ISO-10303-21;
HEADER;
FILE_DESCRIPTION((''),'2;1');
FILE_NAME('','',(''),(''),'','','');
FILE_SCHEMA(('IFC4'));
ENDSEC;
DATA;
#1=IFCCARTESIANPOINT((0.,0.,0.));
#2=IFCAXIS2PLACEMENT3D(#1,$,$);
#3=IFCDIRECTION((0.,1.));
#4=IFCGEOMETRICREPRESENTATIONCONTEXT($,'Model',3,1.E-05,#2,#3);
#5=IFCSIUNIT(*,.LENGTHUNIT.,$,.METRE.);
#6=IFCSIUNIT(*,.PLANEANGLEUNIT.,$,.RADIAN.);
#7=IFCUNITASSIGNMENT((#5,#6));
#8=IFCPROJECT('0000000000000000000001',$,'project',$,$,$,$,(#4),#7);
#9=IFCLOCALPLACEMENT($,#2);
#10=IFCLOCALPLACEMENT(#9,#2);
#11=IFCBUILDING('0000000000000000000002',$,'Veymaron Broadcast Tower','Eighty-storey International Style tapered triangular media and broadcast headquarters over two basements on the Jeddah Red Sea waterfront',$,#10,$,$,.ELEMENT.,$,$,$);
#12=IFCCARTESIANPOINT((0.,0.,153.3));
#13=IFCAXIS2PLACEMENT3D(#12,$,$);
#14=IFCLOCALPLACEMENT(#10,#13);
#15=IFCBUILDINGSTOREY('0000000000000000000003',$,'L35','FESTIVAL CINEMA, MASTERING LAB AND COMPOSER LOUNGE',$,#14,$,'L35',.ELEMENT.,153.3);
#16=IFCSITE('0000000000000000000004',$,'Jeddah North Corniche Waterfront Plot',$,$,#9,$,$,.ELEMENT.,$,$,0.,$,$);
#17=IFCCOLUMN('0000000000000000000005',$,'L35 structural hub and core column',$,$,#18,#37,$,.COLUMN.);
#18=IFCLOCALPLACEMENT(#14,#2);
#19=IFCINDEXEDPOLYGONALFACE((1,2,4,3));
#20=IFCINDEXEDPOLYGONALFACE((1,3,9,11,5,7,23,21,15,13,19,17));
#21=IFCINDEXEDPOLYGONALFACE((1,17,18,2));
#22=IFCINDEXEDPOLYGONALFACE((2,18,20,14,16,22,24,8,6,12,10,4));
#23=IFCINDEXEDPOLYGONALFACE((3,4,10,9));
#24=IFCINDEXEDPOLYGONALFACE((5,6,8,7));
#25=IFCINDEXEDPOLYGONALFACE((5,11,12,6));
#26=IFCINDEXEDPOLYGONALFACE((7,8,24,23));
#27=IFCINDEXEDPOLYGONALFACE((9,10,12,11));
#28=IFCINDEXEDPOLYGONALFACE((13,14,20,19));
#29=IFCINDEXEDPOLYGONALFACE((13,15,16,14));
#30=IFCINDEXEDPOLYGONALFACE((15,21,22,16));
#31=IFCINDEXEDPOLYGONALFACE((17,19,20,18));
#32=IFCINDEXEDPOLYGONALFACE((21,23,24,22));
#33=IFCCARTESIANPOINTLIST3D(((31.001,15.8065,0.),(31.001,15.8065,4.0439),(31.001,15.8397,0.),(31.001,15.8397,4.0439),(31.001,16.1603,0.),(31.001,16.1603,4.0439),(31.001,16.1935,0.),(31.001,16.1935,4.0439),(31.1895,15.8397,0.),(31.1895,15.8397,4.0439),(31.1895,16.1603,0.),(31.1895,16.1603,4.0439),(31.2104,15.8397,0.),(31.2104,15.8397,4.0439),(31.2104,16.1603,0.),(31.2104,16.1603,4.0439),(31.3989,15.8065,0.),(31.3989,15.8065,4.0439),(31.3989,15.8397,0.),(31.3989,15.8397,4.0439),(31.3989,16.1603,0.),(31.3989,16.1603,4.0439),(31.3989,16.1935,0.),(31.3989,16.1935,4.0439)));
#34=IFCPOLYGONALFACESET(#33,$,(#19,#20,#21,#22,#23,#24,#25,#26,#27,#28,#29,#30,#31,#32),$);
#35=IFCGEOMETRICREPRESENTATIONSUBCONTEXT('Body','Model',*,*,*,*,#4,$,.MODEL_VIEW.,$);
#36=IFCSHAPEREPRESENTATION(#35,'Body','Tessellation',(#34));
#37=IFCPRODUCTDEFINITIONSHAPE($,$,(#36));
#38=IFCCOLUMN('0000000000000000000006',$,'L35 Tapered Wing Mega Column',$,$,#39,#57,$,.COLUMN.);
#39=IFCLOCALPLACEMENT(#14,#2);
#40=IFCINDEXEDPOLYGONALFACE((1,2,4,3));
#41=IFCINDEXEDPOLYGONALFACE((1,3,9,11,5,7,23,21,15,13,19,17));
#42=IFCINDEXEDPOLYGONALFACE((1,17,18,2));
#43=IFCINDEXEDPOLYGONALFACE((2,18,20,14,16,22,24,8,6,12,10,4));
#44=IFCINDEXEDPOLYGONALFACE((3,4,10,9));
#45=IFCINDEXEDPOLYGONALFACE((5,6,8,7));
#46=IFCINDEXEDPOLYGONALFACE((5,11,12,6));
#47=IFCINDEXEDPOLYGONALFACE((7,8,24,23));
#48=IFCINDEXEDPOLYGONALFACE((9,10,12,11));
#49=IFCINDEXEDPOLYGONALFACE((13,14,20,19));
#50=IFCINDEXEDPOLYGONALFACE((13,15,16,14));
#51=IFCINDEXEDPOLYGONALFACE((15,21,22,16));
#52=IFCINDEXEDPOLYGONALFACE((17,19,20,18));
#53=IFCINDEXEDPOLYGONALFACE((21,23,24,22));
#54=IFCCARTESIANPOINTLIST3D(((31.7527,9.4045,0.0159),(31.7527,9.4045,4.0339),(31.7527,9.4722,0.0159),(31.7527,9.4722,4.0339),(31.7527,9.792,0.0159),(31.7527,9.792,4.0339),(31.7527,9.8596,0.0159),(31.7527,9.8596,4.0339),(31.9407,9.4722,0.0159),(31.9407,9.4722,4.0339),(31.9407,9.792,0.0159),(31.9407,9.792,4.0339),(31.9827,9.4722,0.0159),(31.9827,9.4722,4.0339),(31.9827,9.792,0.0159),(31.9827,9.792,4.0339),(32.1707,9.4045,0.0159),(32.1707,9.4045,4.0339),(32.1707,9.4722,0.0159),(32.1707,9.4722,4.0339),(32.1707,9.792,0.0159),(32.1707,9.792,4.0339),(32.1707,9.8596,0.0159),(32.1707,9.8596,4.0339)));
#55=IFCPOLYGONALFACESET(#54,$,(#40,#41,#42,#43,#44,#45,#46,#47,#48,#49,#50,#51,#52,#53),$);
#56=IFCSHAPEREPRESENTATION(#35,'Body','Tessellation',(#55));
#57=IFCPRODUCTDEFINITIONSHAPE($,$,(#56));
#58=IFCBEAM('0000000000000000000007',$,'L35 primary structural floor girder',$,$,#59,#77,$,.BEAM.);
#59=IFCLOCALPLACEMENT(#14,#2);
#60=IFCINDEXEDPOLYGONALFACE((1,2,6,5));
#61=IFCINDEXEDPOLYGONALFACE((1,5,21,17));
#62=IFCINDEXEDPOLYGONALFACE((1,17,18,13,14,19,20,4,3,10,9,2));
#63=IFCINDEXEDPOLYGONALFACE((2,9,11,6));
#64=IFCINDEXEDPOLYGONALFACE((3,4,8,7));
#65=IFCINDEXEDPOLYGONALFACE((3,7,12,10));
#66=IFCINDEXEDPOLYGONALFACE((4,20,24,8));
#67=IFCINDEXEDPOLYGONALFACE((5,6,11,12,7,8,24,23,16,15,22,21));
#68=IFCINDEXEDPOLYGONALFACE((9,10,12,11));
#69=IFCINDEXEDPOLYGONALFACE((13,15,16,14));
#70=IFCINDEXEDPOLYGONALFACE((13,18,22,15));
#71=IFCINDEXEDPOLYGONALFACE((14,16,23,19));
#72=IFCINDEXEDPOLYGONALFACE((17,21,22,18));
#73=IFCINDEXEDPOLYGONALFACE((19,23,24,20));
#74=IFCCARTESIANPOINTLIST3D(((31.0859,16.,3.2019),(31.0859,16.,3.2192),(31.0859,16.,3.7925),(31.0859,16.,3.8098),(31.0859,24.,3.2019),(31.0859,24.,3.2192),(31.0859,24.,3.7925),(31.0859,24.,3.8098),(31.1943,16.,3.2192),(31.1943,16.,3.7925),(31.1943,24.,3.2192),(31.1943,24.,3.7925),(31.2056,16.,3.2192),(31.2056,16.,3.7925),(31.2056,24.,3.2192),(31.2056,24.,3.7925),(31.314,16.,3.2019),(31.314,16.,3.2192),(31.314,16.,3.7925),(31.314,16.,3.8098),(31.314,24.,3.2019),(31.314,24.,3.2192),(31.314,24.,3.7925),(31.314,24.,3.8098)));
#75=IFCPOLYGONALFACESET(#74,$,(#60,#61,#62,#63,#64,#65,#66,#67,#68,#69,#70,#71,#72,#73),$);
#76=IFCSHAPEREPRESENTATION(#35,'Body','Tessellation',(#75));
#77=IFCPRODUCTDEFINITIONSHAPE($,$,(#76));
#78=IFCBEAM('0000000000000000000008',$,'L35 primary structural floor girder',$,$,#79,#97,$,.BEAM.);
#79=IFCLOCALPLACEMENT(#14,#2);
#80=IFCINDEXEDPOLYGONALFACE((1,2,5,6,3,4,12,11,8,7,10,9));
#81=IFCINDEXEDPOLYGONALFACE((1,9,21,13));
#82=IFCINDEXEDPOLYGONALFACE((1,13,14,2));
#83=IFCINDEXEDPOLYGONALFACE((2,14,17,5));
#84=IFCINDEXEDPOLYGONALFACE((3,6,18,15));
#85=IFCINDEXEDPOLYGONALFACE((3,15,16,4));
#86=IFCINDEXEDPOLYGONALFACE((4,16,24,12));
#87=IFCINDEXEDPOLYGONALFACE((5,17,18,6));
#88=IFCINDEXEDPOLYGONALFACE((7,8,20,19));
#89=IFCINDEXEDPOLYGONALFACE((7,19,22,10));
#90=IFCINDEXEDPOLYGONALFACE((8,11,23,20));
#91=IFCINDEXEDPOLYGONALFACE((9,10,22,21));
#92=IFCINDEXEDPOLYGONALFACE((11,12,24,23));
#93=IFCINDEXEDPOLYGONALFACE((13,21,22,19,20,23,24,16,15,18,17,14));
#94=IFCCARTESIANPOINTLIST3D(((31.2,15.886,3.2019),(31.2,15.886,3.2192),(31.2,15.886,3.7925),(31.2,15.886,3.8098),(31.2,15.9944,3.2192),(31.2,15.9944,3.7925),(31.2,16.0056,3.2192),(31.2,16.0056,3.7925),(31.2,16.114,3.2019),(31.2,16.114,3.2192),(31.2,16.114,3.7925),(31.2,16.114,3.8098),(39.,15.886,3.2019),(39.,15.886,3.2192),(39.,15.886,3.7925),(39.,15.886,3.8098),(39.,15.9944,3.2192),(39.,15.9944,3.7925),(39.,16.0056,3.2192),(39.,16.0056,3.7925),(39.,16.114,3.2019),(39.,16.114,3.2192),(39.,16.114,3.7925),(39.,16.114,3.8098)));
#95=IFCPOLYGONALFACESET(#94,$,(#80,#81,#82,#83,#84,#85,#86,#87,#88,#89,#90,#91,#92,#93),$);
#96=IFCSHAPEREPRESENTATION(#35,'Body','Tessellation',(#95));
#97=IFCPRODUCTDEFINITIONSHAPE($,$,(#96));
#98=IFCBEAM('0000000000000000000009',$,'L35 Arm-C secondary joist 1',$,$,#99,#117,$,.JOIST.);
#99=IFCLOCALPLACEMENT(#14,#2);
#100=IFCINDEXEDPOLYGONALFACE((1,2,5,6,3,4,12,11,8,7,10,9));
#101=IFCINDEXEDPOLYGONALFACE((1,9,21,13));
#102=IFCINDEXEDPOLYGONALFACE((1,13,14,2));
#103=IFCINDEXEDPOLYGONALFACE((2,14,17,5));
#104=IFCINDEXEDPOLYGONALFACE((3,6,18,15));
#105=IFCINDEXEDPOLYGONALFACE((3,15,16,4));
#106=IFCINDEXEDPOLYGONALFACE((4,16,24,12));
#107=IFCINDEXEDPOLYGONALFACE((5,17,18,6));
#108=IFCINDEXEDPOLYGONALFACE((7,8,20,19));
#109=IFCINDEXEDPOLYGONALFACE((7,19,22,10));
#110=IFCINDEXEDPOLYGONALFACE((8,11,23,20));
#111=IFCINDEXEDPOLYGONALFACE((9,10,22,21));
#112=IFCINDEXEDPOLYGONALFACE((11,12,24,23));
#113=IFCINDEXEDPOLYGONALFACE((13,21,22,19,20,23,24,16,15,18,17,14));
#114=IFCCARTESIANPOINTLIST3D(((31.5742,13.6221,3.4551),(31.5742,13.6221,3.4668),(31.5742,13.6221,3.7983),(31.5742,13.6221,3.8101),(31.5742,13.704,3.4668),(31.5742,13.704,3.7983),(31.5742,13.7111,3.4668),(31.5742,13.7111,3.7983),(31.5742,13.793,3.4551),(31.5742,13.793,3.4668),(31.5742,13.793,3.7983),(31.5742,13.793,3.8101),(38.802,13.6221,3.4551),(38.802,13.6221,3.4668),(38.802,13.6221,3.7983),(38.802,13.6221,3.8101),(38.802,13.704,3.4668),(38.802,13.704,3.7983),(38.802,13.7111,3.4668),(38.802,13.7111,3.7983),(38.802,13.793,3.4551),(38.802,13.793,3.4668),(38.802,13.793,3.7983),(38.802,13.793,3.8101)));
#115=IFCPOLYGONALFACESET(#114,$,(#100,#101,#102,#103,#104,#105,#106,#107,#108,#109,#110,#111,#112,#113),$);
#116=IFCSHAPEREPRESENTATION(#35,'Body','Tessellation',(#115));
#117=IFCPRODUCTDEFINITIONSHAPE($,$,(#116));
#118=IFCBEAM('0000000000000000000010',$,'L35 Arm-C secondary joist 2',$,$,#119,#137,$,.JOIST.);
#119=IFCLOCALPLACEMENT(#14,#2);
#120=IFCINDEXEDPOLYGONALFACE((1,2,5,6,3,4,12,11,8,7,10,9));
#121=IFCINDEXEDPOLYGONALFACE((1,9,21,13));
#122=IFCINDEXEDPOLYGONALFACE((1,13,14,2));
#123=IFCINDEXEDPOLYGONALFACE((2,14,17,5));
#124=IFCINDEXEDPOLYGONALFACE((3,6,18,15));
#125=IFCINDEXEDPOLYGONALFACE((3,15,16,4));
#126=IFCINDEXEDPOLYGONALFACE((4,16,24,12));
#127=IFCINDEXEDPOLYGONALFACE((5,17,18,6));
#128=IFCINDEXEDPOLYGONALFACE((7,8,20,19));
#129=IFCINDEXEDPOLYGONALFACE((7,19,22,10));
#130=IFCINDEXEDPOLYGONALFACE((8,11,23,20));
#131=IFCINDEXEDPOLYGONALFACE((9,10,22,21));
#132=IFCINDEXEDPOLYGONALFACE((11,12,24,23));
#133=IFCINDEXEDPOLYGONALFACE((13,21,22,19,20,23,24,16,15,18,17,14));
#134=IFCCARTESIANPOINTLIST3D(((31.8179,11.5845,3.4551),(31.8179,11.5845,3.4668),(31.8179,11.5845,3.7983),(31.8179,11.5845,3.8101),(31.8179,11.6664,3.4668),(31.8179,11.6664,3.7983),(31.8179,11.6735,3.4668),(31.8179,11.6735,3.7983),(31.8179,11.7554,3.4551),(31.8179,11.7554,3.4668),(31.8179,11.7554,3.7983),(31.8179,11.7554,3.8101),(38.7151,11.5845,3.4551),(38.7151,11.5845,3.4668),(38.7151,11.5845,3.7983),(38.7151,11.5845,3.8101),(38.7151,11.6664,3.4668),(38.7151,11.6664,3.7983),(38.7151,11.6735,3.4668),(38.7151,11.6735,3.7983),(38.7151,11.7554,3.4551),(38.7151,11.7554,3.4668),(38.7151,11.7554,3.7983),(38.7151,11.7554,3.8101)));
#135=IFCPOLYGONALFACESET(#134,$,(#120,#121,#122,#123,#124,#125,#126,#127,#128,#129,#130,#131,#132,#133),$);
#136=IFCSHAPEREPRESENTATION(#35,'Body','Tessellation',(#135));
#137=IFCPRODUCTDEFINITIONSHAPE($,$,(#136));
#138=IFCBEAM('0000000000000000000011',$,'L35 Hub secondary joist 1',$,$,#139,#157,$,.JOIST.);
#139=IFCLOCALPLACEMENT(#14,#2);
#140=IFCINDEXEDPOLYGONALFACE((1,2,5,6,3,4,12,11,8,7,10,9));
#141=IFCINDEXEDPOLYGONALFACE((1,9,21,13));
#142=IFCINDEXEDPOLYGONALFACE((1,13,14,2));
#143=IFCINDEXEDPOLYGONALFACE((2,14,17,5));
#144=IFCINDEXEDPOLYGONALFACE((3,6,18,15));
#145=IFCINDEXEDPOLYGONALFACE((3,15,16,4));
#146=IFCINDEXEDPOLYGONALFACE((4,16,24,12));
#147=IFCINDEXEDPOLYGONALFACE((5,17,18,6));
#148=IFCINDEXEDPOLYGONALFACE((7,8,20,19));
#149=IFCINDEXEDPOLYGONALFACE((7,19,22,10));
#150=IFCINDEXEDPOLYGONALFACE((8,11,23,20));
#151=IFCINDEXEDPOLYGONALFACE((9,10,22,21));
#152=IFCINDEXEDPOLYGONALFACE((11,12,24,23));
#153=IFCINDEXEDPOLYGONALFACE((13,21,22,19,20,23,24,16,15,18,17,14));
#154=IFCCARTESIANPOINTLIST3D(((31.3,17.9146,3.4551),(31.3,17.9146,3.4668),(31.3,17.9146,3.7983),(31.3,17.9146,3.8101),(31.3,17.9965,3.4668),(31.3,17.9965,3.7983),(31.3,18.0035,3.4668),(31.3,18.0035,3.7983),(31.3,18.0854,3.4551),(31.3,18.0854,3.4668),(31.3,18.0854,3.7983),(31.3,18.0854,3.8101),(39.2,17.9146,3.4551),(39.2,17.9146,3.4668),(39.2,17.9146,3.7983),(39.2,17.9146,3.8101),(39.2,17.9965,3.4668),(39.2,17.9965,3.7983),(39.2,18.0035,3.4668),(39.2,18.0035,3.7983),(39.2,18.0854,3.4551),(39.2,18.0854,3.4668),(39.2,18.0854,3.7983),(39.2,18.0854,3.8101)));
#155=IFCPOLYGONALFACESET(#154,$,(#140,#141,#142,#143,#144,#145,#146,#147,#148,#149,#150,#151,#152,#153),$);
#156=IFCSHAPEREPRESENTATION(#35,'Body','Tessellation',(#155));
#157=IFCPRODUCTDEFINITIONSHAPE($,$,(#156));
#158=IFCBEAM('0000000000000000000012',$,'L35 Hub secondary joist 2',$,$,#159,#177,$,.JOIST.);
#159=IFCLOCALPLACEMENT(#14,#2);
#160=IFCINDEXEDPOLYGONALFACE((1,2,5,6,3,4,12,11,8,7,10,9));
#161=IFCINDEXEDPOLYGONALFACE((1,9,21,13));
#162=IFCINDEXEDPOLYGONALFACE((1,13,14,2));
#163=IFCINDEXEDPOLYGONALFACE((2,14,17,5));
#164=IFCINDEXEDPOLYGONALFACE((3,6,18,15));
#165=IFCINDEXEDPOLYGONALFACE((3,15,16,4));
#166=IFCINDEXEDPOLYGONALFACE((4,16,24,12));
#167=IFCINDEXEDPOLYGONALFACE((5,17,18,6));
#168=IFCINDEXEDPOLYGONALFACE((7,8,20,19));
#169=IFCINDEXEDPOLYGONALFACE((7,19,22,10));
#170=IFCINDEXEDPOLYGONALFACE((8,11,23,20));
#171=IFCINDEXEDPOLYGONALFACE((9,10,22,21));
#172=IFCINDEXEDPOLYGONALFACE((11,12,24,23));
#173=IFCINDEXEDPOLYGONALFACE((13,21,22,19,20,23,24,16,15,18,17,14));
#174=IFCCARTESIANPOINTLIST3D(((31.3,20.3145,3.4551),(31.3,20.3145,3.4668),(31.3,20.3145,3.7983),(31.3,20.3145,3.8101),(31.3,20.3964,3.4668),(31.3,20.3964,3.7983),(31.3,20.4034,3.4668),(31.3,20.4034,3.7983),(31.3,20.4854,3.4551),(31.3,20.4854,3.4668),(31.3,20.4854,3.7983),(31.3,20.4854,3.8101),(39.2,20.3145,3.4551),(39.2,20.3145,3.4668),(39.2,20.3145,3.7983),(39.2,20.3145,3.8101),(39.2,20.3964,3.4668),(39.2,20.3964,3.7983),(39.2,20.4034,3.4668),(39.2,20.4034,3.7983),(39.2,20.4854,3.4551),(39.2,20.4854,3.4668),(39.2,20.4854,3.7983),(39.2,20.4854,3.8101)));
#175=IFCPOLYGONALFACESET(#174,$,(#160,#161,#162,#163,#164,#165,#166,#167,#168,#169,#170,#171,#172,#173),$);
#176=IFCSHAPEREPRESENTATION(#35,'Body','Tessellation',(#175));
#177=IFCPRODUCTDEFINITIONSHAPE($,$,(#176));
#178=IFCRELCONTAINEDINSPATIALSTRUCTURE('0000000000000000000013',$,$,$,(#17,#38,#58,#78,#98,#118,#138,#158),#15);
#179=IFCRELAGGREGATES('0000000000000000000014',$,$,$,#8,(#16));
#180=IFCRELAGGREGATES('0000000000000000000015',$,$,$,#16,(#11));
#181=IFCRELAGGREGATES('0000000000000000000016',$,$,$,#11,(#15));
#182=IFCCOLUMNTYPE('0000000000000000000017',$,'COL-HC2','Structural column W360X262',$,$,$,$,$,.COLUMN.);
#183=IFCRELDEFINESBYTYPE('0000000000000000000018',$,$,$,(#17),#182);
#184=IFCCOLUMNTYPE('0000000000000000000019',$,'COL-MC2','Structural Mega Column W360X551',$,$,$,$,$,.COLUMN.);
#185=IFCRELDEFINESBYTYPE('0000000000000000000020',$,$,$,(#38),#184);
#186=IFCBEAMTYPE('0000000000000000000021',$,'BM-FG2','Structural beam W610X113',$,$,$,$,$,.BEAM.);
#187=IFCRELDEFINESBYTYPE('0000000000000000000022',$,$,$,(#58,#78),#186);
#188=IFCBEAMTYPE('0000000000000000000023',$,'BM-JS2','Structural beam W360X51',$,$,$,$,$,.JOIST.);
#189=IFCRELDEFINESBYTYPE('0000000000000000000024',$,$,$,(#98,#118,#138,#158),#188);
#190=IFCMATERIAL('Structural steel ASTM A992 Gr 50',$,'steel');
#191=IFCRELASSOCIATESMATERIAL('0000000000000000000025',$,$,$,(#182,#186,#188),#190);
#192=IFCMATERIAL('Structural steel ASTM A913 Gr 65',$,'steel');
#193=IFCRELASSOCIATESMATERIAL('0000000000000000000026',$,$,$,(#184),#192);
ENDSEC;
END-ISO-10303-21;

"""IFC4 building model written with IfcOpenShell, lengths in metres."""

from ifc_helpers import new_model, si_unit, direction, frame, origin, origin_2d, place, context, subcontext, project, spatial, i_section, extrude, material, material_profile, profile_set, type_object, element, save


model = new_model("IFC4")

# Units and contexts
model_context = context("Model", 3, precision=1e-05, world=origin(), true_north=direction((0.0, 1.0)))
body_context = subcontext(model_context, "Body", "Model", "MODEL_VIEW")
ifc_project = project(units=[si_unit("LENGTHUNIT", "METRE"), si_unit("PLANEANGLEUNIT", "RADIAN")], contexts=[model_context])

# Site, building, storey
site_placement = place(None, origin())
site = spatial("IfcSite", under=ifc_project, at=site_placement, Name="Jeddah North Corniche Waterfront Plot", CompositionType="ELEMENT", RefElevation=0.0)
building_placement = place(site_placement, origin())
building = spatial("IfcBuilding", under=site, at=building_placement, Name="Veymaron Broadcast Tower", Description="Eighty-storey International Style tapered triangular media and broadcast headquarters over two basements on the Jeddah Red Sea waterfront", CompositionType="ELEMENT")
storey_placement = place(building_placement, frame((0.0, 0.0, 153.3)))
storey = spatial("IfcBuildingStorey", under=building, at=storey_placement, Name="L35", Description="FESTIVAL CINEMA, MASTERING LAB AND COMPOSER LOUNGE", LongName="L35", CompositionType="ELEMENT", Elevation=153.3)

# Columns
ifc_material_1 = material(Name="Structural steel ASTM A992 Gr 50", Category="steel")
ifc_material_profile_1 = material_profile(ifc_material_1, i_section(OverallWidth=0.3979, OverallDepth=0.387, WebThickness=0.021, FlangeThickness=0.0332, at=origin_2d()), Name="W360X262")
ifc_profile_set_1 = profile_set([ifc_material_profile_1], Name="Structural steel ASTM A992 Gr 50")
column_type_1 = type_object("IfcColumnType", Name="COL-HC2", Description="Structural column W360X262", PredefinedType="COLUMN", material=ifc_profile_set_1)
column_1_placement = place(storey_placement, frame((31.2, 16.0, 0.0), z_axis=(0.0, 0.0, 1.0), x_axis=(1.0, 0.0, 0.0)))
element("IfcColumn", 1, at=column_1_placement, inside=storey, type_object=column_type_1, Name="L35 structural hub and core column", PredefinedType="COLUMN", context=body_context, shape_type="SweptSolid", body=[
    extrude(i_section(OverallWidth=0.3979, OverallDepth=0.387, WebThickness=0.021, FlangeThickness=0.0332, at=origin_2d()), origin(), (0.0, 0.0, 1.0), 4.0439),
])
ifc_material_2 = material(Name="Structural steel ASTM A913 Gr 65", Category="steel")
ifc_material_profile_2 = material_profile(ifc_material_2, i_section(OverallWidth=0.418, OverallDepth=0.4551, WebThickness=0.042, FlangeThickness=0.0676, at=origin_2d()), Name="W360X551")
ifc_profile_set_2 = profile_set([ifc_material_profile_2], Name="Structural steel ASTM A913 Gr 65")
column_type_2 = type_object("IfcColumnType", Name="COL-MC2", Description="Structural Mega Column W360X551", PredefinedType="COLUMN", material=ifc_profile_set_2)
column_2_placement = place(storey_placement, frame((31.9617, 9.6321, 0.0159), z_axis=(0.0, 0.0, 1.0), x_axis=(1.0, 0.0, 0.0)))
element("IfcColumn", 2, at=column_2_placement, inside=storey, type_object=column_type_2, Name="L35 Tapered Wing Mega Column", PredefinedType="COLUMN", context=body_context, shape_type="SweptSolid", body=[
    extrude(i_section(OverallWidth=0.418, OverallDepth=0.4551, WebThickness=0.042, FlangeThickness=0.0676, at=origin_2d()), origin(), (0.0, 0.0, 1.0), 4.0181),
])

# Beams
ifc_material_profile_3 = material_profile(ifc_material_1, i_section(OverallWidth=0.228, OverallDepth=0.6079, WebThickness=0.0112, FlangeThickness=0.0173, at=origin_2d()), Name="W610X113")
ifc_profile_set_3 = profile_set([ifc_material_profile_3], Name="Structural steel ASTM A992 Gr 50")
beam_type_1 = type_object("IfcBeamType", Name="BM-FG2", Description="Structural beam W610X113", PredefinedType="BEAM", material=ifc_profile_set_3)
beam_1_placement = place(storey_placement, frame((31.2, 16.0, 3.5059), z_axis=(0.0, 1.0, 0.0), x_axis=(-1.0, 0.0, 0.0)))
element("IfcBeam", 3, at=beam_1_placement, inside=storey, type_object=beam_type_1, Name="L35 primary structural floor girder", PredefinedType="BEAM", context=body_context, shape_type="SweptSolid", body=[
    extrude(i_section(OverallWidth=0.228, OverallDepth=0.6079, WebThickness=0.0112, FlangeThickness=0.0173, at=origin_2d()), origin(), (0.0, 0.0, 1.0), 8.0),
])
beam_2_placement = place(storey_placement, frame((31.2, 16.0, 3.5059), z_axis=(1.0, 0.0, 0.0), x_axis=(0.0, 1.0, 0.0)))
element("IfcBeam", 4, at=beam_2_placement, inside=storey, type_object=beam_type_1, Name="L35 primary structural floor girder", PredefinedType="BEAM", context=body_context, shape_type="SweptSolid", body=[
    extrude(i_section(OverallWidth=0.228, OverallDepth=0.6079, WebThickness=0.0112, FlangeThickness=0.0173, at=origin_2d()), origin(), (0.0, 0.0, 1.0), 7.8),
])
ifc_material_profile_4 = material_profile(ifc_material_1, i_section(OverallWidth=0.1709, OverallDepth=0.355, WebThickness=0.0071, FlangeThickness=0.0117, at=origin_2d()), Name="W360X51")
ifc_profile_set_4 = profile_set([ifc_material_profile_4], Name="Structural steel ASTM A992 Gr 50")
beam_type_2 = type_object("IfcBeamType", Name="BM-JS2", Description="Structural beam W360X51", PredefinedType="JOIST", material=ifc_profile_set_4)
beam_3_placement = place(storey_placement, frame((31.5742, 13.7075, 3.6326), z_axis=(1.0, 0.0, 0.0), x_axis=(0.0, 1.0, 0.0)))
element("IfcBeam", 5, at=beam_3_placement, inside=storey, type_object=beam_type_2, Name="L35 Arm-C secondary joist 1", PredefinedType="JOIST", context=body_context, shape_type="SweptSolid", body=[
    extrude(i_section(OverallWidth=0.1709, OverallDepth=0.355, WebThickness=0.0071, FlangeThickness=0.0117, at=origin_2d()), origin(), (0.0, 0.0, 1.0), 7.2278),
])
beam_4_placement = place(storey_placement, frame((31.8179, 11.6699, 3.6326), z_axis=(1.0, 0.0, 0.0), x_axis=(0.0, 1.0, 0.0)))
element("IfcBeam", 6, at=beam_4_placement, inside=storey, type_object=beam_type_2, Name="L35 Arm-C secondary joist 2", PredefinedType="JOIST", context=body_context, shape_type="SweptSolid", body=[
    extrude(i_section(OverallWidth=0.1709, OverallDepth=0.355, WebThickness=0.0071, FlangeThickness=0.0117, at=origin_2d()), origin(), (0.0, 0.0, 1.0), 6.8972),
])
for number, where, z_axis, x_axis, name in (
    (7, (31.3, 18.0, 3.6326), (1.0, 0.0, 0.0), (0.0, 1.0, 0.0), "L35 Hub secondary joist 1"),
    (8, (31.3, 20.3999, 3.6326), (1.0, 0.0, 0.0), (0.0, 1.0, 0.0), "L35 Hub secondary joist 2"),
):
    element("IfcBeam", number, at=place(storey_placement, frame(where, z_axis=z_axis, x_axis=x_axis)), inside=storey, type_object=beam_type_2, Name=name, PredefinedType="JOIST", context=body_context, shape_type="SweptSolid", body=[
        extrude(i_section(OverallWidth=0.1709, OverallDepth=0.355, WebThickness=0.0071, FlangeThickness=0.0117, at=origin_2d()), origin(), (0.0, 0.0, 1.0), 7.8999),
    ])

save(model, "model.ifc")
